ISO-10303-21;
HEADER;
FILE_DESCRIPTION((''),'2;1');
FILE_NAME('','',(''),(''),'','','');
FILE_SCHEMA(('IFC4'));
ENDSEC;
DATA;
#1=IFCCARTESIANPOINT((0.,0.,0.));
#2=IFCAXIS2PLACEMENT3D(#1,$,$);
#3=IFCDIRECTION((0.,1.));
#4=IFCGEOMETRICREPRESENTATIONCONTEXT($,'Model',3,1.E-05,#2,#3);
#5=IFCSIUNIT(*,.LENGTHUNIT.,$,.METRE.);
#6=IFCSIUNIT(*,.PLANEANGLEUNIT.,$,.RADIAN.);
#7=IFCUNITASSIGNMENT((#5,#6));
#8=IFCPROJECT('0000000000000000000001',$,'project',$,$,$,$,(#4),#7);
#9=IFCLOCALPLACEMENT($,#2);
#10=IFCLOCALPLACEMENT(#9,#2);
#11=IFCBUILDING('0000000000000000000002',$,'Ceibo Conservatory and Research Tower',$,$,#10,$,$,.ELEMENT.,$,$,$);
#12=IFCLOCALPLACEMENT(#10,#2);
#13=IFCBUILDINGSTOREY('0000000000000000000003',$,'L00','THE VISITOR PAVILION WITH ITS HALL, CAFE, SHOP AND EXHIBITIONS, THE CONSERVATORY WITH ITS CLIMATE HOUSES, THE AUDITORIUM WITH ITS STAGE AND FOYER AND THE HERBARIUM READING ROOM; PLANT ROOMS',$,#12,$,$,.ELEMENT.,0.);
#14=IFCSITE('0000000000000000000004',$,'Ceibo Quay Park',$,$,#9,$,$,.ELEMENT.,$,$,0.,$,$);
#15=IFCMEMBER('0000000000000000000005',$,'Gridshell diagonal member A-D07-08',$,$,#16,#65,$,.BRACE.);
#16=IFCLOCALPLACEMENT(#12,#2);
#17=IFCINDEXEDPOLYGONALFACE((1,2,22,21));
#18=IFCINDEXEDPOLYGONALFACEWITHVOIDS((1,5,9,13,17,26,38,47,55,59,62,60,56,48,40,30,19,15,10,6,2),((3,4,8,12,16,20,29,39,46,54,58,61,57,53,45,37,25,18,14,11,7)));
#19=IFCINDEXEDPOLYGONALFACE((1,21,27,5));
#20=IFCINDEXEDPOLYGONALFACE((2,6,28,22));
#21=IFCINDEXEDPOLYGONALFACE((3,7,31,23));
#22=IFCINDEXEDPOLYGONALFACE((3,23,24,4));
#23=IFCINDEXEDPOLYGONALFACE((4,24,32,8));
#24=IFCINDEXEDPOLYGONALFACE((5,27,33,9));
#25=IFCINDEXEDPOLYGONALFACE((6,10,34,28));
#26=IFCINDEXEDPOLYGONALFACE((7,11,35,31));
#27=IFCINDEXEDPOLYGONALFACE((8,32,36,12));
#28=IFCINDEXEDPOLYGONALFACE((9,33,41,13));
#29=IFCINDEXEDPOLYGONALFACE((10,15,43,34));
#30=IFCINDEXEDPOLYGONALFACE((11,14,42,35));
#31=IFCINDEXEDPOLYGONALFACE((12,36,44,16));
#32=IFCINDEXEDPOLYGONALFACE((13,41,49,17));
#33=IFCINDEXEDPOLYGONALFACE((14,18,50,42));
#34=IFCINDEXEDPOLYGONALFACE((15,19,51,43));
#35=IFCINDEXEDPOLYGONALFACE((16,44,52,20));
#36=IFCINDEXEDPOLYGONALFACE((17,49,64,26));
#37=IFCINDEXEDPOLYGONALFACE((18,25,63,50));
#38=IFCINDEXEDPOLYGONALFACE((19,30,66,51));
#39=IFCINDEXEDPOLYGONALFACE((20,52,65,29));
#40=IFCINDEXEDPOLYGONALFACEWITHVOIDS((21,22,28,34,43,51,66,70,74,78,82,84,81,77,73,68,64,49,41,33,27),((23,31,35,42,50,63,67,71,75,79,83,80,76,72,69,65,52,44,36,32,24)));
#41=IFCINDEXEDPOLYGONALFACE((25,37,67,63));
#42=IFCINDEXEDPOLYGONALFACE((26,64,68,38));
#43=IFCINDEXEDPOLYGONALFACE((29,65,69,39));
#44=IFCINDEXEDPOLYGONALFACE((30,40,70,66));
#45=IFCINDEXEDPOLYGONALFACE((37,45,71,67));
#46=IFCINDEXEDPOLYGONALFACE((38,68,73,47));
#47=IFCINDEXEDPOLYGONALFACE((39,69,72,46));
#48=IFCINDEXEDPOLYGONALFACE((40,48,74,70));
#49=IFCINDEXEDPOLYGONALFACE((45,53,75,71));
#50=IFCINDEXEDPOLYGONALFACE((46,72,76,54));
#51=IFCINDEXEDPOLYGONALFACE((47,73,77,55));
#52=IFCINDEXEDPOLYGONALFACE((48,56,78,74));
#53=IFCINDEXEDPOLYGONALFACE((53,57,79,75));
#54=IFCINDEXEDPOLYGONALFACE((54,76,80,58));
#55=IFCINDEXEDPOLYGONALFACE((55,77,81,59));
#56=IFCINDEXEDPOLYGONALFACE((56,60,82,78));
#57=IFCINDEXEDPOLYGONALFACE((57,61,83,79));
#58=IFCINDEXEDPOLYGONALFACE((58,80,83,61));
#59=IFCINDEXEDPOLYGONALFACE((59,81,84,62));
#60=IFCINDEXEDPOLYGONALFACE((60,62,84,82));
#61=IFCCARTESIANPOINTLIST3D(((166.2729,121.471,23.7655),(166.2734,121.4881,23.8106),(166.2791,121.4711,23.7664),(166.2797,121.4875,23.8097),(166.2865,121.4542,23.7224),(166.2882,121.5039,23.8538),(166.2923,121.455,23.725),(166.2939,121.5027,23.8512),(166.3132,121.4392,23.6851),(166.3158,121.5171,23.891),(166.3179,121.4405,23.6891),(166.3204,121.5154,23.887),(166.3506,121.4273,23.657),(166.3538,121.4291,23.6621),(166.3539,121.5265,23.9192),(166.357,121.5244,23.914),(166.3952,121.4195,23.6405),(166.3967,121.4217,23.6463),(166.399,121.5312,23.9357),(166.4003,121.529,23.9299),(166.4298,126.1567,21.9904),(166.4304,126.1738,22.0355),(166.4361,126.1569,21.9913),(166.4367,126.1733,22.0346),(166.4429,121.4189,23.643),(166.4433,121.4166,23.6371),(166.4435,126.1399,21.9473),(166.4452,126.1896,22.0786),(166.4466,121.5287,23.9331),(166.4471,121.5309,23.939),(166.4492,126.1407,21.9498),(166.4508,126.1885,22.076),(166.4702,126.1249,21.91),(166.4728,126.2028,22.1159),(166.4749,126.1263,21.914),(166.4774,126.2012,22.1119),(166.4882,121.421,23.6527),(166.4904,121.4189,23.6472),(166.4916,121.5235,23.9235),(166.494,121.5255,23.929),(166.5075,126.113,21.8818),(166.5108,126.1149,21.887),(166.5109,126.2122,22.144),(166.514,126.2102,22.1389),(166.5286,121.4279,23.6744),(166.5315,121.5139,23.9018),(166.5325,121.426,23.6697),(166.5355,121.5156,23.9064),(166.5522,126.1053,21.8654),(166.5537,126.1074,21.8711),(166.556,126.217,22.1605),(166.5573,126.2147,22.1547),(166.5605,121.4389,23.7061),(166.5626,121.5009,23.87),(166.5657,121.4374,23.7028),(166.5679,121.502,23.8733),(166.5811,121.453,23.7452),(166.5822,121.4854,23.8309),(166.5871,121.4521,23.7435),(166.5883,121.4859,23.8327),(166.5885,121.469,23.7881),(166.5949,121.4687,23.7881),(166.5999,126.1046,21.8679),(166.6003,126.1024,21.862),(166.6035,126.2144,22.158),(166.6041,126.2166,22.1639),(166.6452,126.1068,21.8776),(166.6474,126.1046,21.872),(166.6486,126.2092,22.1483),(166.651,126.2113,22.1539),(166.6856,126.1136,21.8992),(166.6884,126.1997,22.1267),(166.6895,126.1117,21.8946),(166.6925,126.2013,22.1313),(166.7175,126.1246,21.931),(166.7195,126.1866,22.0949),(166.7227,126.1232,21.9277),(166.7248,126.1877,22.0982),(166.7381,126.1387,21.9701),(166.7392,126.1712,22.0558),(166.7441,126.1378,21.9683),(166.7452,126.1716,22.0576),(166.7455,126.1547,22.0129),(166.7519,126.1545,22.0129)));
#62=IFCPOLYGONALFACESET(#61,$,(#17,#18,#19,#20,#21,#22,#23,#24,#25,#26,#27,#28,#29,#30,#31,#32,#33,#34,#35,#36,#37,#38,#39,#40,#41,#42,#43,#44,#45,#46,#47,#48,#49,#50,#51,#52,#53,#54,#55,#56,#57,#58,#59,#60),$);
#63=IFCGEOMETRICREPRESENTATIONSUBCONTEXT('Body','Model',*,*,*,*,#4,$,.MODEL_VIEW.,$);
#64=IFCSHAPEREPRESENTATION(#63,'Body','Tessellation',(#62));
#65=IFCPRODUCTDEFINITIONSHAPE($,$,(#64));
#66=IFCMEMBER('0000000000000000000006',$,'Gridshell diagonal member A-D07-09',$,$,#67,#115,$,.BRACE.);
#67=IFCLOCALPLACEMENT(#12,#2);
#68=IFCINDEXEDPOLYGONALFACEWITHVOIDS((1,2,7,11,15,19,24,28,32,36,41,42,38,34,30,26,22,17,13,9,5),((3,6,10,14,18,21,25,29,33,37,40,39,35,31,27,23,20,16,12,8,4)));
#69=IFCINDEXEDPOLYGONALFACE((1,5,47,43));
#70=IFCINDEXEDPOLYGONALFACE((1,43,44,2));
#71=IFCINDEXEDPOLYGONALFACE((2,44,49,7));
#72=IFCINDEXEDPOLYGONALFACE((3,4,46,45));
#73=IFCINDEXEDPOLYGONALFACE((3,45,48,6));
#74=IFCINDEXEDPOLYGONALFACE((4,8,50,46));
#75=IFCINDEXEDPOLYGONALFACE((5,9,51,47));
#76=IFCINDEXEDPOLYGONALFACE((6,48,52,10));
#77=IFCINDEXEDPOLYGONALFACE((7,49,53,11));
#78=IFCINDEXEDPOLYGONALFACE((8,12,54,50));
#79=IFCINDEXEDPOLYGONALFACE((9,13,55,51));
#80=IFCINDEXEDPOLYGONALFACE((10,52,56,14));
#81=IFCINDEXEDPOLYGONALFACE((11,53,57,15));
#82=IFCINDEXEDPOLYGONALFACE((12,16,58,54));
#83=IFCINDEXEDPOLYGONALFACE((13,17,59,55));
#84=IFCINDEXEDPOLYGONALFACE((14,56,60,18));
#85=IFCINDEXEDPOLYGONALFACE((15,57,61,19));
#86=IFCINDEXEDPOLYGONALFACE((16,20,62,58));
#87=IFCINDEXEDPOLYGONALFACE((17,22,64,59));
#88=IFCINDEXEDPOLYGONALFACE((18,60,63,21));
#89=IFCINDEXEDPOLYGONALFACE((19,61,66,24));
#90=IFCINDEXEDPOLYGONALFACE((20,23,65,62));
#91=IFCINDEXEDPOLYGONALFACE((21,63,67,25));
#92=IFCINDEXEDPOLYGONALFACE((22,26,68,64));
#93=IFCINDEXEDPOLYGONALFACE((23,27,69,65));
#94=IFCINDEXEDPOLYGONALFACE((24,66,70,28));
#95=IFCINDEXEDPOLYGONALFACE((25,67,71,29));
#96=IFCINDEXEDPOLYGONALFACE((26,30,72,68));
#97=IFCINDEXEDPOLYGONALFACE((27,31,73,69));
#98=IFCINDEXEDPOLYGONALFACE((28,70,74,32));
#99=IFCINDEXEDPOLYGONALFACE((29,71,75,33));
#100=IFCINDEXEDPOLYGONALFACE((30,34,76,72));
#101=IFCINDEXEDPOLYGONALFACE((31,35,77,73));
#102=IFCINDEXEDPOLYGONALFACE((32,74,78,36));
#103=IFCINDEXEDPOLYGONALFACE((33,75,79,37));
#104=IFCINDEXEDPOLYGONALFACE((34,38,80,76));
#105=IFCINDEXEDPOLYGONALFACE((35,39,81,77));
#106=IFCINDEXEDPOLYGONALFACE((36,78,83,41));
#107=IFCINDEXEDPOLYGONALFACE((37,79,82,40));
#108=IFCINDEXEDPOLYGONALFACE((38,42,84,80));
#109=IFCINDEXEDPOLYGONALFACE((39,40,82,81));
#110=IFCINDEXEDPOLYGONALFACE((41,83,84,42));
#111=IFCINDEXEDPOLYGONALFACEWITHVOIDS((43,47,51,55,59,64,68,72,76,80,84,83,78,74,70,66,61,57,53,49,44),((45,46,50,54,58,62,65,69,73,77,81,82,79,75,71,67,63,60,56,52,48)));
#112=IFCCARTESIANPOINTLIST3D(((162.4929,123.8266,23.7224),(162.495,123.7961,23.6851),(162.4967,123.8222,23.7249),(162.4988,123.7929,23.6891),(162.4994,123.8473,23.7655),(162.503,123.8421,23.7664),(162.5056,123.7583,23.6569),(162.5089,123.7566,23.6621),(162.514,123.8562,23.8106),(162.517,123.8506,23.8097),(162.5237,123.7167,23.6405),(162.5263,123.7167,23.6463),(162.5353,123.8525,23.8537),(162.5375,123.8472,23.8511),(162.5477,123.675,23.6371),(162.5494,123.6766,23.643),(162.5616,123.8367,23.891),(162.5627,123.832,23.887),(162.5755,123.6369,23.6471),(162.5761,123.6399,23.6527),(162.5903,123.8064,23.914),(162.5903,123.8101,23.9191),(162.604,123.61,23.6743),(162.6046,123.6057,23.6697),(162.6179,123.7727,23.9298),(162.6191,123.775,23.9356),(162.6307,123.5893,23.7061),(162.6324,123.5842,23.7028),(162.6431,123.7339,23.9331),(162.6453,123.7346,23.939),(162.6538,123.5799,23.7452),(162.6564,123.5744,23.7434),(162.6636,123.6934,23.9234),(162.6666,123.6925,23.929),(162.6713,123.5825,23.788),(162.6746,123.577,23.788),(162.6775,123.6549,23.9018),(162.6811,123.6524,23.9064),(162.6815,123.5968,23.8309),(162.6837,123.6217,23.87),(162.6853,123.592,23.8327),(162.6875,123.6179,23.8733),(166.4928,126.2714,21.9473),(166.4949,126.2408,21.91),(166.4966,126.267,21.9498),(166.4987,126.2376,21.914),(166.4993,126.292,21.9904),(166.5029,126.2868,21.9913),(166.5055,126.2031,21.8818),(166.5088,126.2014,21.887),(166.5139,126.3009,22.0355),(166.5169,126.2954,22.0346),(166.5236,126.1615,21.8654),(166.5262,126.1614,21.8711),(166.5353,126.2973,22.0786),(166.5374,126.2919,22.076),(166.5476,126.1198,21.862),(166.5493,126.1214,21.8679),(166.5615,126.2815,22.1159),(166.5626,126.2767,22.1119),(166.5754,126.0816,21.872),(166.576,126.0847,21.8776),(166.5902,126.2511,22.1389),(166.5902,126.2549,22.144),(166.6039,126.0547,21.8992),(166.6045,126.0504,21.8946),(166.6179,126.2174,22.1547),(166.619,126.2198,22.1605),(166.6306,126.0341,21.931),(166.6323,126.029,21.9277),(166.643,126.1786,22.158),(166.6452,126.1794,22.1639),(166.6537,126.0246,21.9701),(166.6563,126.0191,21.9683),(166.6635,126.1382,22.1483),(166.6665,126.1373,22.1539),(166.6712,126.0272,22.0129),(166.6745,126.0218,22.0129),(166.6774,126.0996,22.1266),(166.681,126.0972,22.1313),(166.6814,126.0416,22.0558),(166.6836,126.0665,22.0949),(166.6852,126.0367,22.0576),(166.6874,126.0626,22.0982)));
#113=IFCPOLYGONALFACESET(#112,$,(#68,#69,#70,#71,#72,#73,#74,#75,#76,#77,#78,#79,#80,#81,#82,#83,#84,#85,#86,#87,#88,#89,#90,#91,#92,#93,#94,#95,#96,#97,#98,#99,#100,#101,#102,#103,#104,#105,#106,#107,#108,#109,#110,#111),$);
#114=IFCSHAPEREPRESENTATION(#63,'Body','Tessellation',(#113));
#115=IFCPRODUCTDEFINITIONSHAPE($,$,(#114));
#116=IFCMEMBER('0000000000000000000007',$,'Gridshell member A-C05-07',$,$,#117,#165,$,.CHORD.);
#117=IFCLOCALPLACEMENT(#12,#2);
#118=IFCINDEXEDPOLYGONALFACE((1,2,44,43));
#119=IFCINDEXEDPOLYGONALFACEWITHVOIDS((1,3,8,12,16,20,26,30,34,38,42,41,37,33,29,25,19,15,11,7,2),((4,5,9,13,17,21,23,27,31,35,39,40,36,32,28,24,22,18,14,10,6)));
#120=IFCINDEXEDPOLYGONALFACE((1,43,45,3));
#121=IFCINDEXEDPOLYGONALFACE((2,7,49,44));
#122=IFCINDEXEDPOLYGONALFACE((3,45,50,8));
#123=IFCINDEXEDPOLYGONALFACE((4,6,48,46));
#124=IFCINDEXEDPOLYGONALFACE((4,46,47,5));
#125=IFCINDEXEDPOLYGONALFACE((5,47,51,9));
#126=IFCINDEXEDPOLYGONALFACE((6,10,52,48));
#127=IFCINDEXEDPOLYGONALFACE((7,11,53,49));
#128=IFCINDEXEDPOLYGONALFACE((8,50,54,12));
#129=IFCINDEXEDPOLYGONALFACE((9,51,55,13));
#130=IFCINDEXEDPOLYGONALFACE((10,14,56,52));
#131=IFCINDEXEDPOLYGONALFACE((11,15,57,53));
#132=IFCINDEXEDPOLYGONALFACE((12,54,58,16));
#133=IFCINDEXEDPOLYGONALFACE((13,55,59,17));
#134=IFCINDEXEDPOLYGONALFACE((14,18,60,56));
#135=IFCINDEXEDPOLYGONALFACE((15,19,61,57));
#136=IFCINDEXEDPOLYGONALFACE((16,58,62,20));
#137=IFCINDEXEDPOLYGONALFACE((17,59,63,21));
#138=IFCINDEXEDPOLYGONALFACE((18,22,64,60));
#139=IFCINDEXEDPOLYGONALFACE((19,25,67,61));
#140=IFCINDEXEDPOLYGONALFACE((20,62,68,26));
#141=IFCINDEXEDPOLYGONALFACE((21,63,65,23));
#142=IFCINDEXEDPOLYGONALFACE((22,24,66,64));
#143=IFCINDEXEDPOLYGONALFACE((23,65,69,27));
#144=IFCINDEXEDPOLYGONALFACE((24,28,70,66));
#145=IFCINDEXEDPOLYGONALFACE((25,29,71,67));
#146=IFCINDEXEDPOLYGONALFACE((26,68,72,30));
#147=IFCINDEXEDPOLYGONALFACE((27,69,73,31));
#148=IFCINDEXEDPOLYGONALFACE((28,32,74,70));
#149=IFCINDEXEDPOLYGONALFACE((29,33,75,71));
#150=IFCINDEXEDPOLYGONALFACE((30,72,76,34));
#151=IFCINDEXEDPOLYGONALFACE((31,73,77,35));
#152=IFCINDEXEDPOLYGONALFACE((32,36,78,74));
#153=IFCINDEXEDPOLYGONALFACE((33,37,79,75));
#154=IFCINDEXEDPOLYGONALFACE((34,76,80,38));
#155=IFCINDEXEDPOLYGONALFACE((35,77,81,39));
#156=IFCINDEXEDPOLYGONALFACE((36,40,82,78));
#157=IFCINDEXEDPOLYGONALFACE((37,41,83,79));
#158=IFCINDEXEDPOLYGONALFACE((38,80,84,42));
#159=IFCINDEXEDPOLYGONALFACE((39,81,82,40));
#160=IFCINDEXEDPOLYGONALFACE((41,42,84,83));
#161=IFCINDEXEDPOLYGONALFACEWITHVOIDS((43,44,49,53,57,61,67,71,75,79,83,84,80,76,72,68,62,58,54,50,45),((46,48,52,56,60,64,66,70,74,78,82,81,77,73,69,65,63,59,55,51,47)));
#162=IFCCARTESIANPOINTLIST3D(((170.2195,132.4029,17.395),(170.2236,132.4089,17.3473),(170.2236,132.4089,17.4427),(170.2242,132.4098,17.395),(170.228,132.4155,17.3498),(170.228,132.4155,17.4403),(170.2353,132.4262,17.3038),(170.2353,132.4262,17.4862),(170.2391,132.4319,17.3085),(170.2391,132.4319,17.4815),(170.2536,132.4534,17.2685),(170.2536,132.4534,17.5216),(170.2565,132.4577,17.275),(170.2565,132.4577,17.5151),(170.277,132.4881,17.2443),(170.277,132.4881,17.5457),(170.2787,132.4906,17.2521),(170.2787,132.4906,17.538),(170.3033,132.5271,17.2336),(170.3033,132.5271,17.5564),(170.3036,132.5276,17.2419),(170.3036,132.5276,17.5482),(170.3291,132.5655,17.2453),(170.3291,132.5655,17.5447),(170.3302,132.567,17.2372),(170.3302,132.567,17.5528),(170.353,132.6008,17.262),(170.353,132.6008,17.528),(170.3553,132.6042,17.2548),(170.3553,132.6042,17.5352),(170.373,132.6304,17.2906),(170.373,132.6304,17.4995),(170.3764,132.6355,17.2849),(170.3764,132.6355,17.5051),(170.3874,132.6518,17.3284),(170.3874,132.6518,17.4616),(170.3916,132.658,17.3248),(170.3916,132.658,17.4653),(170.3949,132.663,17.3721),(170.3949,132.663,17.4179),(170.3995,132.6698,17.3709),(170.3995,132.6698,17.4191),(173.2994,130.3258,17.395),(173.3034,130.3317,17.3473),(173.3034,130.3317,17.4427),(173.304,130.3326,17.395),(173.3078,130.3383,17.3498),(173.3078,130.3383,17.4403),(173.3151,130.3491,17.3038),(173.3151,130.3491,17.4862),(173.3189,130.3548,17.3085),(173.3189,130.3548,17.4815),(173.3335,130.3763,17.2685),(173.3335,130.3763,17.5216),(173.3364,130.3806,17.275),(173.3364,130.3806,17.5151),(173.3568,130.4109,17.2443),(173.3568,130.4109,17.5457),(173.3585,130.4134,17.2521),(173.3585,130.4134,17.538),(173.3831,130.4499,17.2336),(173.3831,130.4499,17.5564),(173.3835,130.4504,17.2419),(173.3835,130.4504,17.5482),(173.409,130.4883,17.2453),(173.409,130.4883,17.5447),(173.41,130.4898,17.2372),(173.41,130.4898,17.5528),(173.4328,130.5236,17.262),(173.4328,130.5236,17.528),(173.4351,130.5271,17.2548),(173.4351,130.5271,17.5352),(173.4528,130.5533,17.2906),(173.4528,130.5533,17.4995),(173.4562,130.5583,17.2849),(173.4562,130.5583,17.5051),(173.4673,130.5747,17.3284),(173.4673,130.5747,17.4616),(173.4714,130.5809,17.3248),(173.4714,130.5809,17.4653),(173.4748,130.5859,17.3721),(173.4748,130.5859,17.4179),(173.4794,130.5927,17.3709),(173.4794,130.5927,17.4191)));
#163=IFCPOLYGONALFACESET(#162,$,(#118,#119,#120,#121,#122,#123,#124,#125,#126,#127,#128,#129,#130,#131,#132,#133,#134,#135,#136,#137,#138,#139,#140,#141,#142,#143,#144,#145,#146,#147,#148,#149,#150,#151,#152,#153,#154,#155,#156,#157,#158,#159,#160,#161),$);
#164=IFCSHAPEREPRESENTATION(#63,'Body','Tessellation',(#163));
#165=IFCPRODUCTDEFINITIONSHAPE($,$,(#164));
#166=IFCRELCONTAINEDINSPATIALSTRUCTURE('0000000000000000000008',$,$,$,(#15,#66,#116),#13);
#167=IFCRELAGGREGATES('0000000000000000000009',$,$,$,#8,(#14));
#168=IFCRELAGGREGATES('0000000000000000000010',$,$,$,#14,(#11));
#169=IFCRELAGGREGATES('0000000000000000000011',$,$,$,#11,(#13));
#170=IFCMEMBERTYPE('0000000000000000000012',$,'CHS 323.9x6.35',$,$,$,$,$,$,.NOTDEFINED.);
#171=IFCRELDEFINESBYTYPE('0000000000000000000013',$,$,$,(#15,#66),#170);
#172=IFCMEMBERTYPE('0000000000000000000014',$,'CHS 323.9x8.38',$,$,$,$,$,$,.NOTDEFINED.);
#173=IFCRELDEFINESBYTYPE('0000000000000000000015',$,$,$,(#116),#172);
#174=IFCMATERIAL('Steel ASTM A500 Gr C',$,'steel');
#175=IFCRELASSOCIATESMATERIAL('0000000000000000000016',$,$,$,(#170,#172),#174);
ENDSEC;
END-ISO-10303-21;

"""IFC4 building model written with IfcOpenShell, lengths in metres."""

from ifc_helpers import new_model, si_unit, direction, frame, origin, origin_2d, place, context, subcontext, project, spatial, hollow_circle, extrude, material, material_profile, profile_set, type_object, element, save


model = new_model("IFC4")

# Units and contexts
model_context = context("Model", 3, precision=1e-05, world=origin(), true_north=direction((0.0, 1.0)))
body_context = subcontext(model_context, "Body", "Model", "MODEL_VIEW")
ifc_project = project(units=[si_unit("LENGTHUNIT", "METRE"), si_unit("PLANEANGLEUNIT", "RADIAN")], contexts=[model_context])

# Site, building, storey
site_placement = place(None, origin())
site = spatial("IfcSite", under=ifc_project, at=site_placement, Name="Ceibo Quay Park", CompositionType="ELEMENT", RefElevation=0.0)
building_placement = place(site_placement, origin())
building = spatial("IfcBuilding", under=site, at=building_placement, Name="Ceibo Conservatory and Research Tower", CompositionType="ELEMENT")
storey_placement = place(building_placement, origin())
storey = spatial("IfcBuildingStorey", under=building, at=storey_placement, Name="L00", Description="THE VISITOR PAVILION WITH ITS HALL, CAFE, SHOP AND EXHIBITIONS, THE CONSERVATORY WITH ITS CLIMATE HOUSES, THE AUDITORIUM WITH ITS STAGE AND FOYER AND THE HERBARIUM READING ROOM; PLANT ROOMS", CompositionType="ELEMENT", Elevation=0.0)

# Members
ifc_material_1 = material(Name="Steel ASTM A500 Gr C", Category="steel")
ifc_material_profile_1 = material_profile(ifc_material_1, hollow_circle(Radius=0.1619, WallThickness=0.0063, at=origin_2d()), Name="CHS 323.9x6.35")
ifc_profile_set_1 = profile_set([ifc_material_profile_1], Name="Steel ASTM A500 Gr C")
member_type_1 = type_object("IfcMemberType", Name="CHS 323.9x6.35", PredefinedType="NOTDEFINED", material=ifc_profile_set_1)
member_1_placement = place(storey_placement, frame((166.5901, 126.1599, 22.0129), z_axis=(-0.031314, -0.934686, 0.354093), x_axis=(0.999439, -0.033483, 0.0)))
element("IfcMember", 1, at=member_1_placement, inside=storey, type_object=member_type_1, Name="Gridshell diagonal member A-D07-08", PredefinedType="BRACE", context=body_context, shape_type="SweptSolid", body=[
    extrude(hollow_circle(Radius=0.1619, WallThickness=0.0063, at=origin_2d()), origin(), (0.0, 0.0, 1.0), 5.0132),
])
member_2_placement = place(storey_placement, frame((166.5901, 126.1599, 22.0129), z_axis=(-0.797955, -0.487715, 0.354122), x_axis=(0.521509, -0.853246, 0.0)))
element("IfcMember", 2, at=member_2_placement, inside=storey, type_object=member_type_1, Name="Gridshell diagonal member A-D07-09", PredefinedType="BRACE", context=body_context, shape_type="SweptSolid", body=[
    extrude(hollow_circle(Radius=0.1619, WallThickness=0.0063, at=origin_2d()), origin(), (0.0, 0.0, 1.0), 5.0127),
])
ifc_material_profile_2 = material_profile(ifc_material_1, hollow_circle(Radius=0.1619, WallThickness=0.0083, at=origin_2d()), Name="CHS 323.9x8.38")
ifc_profile_set_2 = profile_set([ifc_material_profile_2], Name="Steel ASTM A500 Gr C")
member_type_2 = type_object("IfcMemberType", Name="CHS 323.9x8.38", PredefinedType="NOTDEFINED", material=ifc_profile_set_2)
member_3_placement = place(storey_placement, frame((173.3899, 130.46, 17.395), z_axis=(-0.829066, 0.559151, 0.0), x_axis=(-0.559151, -0.829066, 0.0)))
element("IfcMember", 3, at=member_3_placement, inside=storey, type_object=member_type_2, Name="Gridshell member A-C05-07", PredefinedType="CHORD", context=body_context, shape_type="SweptSolid", body=[
    extrude(hollow_circle(Radius=0.1619, WallThickness=0.0083, at=origin_2d()), origin(), (0.0, 0.0, 1.0), 3.7148),
])

save(model, "model.ifc")
